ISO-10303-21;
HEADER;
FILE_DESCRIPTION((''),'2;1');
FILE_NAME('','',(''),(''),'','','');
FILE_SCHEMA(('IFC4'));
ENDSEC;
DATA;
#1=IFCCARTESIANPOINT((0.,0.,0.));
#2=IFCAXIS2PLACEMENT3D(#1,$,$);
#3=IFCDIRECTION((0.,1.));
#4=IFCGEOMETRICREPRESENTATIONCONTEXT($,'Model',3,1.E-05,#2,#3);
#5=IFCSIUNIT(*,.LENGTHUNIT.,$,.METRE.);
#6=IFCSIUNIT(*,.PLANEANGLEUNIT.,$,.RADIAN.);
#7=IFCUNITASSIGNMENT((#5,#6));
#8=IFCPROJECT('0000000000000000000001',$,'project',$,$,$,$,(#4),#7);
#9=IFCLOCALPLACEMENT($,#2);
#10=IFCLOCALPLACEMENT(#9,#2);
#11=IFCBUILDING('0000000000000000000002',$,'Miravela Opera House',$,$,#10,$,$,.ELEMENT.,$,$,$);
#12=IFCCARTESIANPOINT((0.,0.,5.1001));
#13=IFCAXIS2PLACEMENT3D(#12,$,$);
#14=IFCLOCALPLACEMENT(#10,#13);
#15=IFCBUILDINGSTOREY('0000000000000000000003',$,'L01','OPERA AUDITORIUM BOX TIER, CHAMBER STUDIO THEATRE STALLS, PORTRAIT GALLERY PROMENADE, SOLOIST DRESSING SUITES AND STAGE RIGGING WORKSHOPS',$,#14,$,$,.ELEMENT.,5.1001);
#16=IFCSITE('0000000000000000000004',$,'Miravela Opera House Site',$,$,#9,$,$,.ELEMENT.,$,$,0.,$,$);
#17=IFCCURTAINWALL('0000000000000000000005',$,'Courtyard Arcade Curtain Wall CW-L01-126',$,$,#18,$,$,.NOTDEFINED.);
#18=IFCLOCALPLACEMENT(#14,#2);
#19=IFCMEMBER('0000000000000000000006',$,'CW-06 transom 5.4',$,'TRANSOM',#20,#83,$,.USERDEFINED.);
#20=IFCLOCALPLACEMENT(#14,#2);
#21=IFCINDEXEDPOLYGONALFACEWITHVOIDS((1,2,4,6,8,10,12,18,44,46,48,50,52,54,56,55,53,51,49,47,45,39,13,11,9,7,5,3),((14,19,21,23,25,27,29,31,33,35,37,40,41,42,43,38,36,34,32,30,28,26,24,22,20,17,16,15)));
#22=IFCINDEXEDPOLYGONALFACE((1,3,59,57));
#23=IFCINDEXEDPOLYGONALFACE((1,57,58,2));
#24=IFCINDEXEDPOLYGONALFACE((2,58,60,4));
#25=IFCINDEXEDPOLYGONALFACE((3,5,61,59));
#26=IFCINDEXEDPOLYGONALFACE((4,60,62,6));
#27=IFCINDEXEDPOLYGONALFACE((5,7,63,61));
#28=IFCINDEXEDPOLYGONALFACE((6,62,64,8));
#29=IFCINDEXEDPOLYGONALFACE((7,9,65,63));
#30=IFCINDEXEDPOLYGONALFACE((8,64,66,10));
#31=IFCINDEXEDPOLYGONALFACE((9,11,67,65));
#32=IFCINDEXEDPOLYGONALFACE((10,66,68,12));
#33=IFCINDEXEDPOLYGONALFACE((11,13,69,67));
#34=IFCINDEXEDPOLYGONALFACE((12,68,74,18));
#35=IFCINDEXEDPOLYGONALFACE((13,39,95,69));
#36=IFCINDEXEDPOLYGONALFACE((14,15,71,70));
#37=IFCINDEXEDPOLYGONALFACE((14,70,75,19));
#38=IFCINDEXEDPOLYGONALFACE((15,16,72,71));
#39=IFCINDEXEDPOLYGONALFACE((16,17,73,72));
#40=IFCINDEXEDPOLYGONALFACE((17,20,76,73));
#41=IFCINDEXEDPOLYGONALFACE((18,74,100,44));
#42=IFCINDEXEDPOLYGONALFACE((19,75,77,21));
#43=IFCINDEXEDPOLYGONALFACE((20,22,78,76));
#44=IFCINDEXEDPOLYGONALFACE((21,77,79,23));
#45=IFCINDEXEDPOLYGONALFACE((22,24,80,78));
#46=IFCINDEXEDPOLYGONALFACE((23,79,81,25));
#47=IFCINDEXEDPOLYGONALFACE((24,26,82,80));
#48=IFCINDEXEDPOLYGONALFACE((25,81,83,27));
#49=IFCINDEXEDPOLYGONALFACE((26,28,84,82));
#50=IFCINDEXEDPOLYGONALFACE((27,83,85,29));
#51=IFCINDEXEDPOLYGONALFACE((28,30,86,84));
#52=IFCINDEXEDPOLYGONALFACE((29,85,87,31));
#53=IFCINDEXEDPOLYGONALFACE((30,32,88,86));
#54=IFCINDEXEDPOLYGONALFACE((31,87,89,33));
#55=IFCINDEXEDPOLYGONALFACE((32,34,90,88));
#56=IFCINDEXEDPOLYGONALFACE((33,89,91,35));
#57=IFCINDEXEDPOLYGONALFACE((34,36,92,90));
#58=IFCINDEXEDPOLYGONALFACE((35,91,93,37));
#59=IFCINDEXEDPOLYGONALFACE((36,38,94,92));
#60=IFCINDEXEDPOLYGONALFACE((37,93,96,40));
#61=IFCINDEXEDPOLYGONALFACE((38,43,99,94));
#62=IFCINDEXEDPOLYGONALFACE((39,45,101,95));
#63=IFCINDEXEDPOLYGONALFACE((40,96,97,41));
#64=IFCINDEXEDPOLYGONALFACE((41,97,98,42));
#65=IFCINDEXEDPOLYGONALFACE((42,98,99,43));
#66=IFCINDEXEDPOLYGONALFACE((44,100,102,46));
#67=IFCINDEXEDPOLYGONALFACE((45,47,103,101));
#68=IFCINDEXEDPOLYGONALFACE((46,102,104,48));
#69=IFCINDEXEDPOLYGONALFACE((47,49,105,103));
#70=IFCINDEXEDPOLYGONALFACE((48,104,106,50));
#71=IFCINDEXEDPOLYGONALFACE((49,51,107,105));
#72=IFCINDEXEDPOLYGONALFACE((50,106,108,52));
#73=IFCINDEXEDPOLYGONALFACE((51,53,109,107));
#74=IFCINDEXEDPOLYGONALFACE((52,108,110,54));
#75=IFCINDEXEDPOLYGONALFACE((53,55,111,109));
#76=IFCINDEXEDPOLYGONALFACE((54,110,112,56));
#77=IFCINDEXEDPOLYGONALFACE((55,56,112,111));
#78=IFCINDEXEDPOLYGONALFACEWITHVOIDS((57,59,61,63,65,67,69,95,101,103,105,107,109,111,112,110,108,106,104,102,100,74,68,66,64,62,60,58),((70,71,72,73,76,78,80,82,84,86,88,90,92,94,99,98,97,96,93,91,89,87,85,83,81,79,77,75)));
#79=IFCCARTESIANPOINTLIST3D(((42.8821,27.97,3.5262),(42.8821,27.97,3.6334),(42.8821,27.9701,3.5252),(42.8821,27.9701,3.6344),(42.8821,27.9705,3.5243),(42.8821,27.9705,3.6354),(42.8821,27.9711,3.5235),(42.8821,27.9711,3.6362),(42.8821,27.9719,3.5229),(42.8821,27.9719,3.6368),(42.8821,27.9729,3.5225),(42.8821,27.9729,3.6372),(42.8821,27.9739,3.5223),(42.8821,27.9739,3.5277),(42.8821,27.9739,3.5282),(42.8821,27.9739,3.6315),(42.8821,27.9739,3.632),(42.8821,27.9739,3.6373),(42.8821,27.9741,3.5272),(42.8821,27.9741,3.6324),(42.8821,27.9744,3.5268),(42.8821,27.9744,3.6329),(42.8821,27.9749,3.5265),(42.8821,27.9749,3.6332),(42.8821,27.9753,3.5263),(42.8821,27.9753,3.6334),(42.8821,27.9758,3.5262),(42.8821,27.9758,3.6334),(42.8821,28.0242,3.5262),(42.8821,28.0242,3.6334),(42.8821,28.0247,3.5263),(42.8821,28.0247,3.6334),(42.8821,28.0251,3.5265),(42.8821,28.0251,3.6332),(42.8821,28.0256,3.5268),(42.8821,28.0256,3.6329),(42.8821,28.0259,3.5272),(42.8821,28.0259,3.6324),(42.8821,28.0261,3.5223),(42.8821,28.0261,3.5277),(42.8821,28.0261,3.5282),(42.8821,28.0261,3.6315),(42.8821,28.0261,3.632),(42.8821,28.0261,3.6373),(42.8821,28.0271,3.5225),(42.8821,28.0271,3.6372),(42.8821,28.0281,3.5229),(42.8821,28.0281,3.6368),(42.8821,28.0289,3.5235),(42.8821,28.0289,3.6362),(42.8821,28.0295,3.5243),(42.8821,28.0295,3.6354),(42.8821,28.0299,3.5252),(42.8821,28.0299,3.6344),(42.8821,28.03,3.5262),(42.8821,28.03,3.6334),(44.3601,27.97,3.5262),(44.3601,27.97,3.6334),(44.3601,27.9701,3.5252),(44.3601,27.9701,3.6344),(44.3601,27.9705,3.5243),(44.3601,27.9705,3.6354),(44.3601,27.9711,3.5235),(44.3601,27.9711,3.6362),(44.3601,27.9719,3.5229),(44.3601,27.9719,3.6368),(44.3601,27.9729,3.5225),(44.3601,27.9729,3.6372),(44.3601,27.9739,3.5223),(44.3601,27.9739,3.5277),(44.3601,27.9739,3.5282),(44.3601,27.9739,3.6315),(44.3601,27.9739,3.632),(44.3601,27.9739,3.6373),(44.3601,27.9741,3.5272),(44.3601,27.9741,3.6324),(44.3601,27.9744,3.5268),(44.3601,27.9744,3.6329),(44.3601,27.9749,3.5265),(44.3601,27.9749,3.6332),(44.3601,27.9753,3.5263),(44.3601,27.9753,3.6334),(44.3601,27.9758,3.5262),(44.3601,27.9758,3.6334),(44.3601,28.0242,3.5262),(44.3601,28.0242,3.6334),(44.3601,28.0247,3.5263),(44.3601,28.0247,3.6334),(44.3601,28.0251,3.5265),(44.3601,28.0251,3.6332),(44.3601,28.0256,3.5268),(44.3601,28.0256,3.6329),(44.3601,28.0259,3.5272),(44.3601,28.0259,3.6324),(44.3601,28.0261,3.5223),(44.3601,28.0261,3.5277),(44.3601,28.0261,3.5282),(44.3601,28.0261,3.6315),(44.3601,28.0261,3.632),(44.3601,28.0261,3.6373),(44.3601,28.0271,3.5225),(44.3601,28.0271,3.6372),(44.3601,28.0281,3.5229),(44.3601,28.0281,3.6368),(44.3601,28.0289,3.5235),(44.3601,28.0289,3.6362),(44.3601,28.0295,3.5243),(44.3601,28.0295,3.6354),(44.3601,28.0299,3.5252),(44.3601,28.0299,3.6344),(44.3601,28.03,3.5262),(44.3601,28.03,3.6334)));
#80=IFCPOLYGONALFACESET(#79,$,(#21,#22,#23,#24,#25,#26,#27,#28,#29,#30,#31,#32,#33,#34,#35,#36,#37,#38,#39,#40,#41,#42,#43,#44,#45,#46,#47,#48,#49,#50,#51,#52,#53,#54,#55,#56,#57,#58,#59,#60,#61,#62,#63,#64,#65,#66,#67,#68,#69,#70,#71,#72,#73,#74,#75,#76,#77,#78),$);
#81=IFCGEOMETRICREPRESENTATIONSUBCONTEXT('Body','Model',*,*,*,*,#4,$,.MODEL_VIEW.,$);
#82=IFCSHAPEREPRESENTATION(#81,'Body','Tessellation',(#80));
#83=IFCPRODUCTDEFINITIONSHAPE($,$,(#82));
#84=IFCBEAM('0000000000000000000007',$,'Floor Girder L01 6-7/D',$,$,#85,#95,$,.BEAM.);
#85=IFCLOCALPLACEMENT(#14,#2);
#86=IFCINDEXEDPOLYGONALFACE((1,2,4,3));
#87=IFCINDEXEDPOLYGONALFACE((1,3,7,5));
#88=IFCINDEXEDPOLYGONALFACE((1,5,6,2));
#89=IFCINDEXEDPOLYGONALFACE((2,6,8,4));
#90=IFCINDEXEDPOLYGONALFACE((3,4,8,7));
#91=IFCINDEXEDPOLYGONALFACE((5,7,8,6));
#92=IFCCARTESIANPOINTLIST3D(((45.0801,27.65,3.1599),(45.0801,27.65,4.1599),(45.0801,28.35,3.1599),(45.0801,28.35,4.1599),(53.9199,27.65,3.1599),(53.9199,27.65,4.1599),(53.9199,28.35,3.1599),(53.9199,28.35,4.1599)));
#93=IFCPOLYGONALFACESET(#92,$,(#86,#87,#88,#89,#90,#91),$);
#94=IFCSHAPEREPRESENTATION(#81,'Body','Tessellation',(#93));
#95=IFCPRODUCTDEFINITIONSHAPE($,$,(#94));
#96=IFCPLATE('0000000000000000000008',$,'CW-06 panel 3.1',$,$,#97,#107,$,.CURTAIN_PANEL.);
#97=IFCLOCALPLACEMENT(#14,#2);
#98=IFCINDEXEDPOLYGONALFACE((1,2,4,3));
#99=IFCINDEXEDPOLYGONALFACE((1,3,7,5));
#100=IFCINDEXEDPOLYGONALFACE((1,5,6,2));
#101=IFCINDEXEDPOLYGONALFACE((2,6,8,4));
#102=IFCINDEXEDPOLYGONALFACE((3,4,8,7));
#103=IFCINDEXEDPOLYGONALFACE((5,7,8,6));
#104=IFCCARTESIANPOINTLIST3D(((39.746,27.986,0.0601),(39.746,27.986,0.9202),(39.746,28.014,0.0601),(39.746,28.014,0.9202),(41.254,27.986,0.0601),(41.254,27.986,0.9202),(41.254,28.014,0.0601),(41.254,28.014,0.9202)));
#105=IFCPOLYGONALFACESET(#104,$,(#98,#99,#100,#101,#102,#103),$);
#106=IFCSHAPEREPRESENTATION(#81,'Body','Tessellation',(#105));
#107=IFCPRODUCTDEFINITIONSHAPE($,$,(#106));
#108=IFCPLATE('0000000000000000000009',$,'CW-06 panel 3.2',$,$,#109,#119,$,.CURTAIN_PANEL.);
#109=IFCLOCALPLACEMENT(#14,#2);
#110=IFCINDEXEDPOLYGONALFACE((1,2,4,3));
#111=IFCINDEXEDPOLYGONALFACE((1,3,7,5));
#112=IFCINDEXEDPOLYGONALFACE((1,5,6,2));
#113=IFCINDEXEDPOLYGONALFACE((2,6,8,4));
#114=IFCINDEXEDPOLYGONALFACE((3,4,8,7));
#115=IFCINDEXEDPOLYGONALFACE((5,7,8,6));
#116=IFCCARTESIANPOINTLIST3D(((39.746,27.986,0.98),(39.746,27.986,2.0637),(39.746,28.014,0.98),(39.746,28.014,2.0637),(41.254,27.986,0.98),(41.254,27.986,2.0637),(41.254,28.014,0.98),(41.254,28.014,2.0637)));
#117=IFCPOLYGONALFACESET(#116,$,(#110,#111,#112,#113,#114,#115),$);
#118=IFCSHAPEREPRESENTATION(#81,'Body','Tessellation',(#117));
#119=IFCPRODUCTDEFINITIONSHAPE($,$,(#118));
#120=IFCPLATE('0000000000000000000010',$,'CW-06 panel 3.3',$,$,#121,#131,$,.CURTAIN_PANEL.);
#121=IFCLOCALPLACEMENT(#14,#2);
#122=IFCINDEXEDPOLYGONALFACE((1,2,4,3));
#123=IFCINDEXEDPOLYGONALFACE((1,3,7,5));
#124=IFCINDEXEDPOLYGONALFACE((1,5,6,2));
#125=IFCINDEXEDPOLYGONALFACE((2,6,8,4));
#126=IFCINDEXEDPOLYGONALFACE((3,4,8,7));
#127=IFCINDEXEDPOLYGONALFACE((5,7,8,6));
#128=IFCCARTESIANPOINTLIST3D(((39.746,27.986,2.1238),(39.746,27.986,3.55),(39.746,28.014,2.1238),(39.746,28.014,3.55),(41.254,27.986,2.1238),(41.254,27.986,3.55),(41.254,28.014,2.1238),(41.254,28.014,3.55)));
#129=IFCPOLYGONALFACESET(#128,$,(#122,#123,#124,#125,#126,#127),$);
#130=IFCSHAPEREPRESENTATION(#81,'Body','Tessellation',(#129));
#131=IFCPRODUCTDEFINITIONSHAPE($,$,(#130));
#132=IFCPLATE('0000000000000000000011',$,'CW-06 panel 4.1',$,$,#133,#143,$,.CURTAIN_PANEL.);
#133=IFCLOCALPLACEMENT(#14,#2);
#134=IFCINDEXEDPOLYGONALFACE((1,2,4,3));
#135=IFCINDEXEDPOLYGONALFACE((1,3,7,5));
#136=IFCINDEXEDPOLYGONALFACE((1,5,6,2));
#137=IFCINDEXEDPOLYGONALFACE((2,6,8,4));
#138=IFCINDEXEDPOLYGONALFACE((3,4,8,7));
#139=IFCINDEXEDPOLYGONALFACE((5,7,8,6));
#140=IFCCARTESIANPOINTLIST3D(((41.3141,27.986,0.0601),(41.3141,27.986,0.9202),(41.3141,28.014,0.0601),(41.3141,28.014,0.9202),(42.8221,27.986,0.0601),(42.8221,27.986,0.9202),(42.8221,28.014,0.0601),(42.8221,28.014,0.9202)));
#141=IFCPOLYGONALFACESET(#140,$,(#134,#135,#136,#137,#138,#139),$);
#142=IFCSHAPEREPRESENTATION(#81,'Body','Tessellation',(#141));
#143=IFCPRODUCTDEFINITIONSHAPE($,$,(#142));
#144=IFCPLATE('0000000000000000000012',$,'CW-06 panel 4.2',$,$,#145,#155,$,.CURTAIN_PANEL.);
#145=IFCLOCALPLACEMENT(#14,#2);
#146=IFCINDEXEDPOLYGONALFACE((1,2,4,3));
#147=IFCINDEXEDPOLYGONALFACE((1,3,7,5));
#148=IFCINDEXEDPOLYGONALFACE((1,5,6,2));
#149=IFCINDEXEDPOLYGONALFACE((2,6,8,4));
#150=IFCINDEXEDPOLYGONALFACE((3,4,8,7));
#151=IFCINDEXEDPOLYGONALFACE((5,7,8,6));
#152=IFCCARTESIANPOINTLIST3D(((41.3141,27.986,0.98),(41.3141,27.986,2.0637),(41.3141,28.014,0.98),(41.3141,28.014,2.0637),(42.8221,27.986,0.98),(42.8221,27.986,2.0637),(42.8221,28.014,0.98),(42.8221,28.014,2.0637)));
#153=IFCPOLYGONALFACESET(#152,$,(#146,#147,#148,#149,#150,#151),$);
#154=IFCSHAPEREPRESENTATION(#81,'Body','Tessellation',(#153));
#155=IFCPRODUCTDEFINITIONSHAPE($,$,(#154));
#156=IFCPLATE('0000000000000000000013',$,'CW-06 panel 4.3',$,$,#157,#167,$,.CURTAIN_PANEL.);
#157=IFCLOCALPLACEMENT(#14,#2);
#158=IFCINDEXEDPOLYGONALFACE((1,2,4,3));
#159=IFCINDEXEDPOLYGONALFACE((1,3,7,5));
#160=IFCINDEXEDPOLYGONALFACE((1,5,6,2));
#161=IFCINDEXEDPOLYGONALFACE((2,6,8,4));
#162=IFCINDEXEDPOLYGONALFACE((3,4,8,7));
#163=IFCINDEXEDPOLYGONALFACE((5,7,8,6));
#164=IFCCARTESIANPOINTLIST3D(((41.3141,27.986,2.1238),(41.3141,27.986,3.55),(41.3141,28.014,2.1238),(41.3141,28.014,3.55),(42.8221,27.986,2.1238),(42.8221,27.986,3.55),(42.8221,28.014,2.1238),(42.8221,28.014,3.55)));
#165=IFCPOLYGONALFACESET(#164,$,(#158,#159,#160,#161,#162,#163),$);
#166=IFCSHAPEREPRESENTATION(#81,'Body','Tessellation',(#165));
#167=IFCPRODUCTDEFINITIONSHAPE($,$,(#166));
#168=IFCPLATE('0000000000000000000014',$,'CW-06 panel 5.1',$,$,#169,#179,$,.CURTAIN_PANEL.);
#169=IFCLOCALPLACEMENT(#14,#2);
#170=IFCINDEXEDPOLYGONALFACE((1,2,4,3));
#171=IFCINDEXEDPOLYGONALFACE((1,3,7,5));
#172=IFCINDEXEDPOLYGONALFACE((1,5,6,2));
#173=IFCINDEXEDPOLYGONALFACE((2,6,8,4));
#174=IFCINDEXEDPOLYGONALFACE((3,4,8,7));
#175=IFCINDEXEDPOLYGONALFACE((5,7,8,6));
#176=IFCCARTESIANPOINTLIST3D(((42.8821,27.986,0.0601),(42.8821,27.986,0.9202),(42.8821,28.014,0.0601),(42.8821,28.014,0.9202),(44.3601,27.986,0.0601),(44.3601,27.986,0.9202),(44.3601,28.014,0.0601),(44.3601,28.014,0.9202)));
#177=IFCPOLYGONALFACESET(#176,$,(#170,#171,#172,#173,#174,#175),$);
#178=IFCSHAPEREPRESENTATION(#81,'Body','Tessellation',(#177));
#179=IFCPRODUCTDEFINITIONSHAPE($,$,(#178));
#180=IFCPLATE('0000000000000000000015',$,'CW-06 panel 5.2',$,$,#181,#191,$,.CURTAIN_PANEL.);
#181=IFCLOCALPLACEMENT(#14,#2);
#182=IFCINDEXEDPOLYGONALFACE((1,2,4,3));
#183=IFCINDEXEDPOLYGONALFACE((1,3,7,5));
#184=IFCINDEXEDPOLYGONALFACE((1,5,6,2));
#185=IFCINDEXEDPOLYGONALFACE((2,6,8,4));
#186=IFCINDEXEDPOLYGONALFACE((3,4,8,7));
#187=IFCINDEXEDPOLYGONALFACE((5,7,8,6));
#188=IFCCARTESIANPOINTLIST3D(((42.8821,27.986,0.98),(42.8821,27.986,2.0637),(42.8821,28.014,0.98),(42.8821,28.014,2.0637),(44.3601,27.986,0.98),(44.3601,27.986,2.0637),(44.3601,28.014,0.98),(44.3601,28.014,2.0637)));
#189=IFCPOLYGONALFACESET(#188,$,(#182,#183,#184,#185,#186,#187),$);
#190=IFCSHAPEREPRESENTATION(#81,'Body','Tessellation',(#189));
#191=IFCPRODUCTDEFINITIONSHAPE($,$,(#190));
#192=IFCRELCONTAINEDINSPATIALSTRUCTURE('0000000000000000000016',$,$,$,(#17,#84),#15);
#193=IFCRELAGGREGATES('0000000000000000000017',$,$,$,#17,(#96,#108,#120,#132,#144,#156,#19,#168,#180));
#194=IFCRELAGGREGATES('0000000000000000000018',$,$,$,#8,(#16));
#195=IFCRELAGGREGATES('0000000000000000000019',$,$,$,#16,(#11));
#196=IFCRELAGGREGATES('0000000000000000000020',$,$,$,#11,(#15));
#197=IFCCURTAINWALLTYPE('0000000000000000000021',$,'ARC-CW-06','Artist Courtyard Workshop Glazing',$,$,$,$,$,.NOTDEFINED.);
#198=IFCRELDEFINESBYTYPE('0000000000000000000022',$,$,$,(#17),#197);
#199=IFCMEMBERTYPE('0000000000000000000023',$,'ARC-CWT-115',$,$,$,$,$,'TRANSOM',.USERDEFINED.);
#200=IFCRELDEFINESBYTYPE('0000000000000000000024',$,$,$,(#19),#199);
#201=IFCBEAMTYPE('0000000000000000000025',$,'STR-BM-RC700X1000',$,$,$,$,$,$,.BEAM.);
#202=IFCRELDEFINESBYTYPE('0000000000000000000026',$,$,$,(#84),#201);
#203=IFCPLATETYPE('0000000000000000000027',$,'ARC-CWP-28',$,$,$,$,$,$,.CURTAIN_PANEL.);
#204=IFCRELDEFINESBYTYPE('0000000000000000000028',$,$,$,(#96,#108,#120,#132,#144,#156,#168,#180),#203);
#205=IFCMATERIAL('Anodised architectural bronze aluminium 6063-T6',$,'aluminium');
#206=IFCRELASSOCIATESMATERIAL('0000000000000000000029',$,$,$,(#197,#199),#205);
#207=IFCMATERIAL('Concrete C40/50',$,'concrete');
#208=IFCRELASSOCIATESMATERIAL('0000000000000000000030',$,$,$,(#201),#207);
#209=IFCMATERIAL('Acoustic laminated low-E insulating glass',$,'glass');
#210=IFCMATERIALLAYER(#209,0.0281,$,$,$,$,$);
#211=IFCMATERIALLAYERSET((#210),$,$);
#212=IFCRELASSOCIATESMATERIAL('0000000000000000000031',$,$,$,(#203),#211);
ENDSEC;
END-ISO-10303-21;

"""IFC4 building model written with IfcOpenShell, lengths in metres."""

from ifc_helpers import new_model, si_unit, direction, frame, origin, origin_2d, place, context, subcontext, project, spatial, rectangle, hollow_rectangle, extrude, material, layer, layer_set, material_profile, profile_set, type_object, element, aggregate, save


model = new_model("IFC4")

# Units and contexts
model_context = context("Model", 3, precision=1e-05, world=origin(), true_north=direction((0.0, 1.0)))
body_context = subcontext(model_context, "Body", "Model", "MODEL_VIEW")
ifc_project = project(units=[si_unit("LENGTHUNIT", "METRE"), si_unit("PLANEANGLEUNIT", "RADIAN")], contexts=[model_context])

# Site, building, storey
site_placement = place(None, origin())
site = spatial("IfcSite", under=ifc_project, at=site_placement, Name="Miravela Opera House Site", CompositionType="ELEMENT", RefElevation=0.0)
building_placement = place(site_placement, origin())
building = spatial("IfcBuilding", under=site, at=building_placement, Name="Miravela Opera House", CompositionType="ELEMENT")
storey_placement = place(building_placement, frame((0.0, 0.0, 5.1001)))
storey = spatial("IfcBuildingStorey", under=building, at=storey_placement, Name="L01", Description="OPERA AUDITORIUM BOX TIER, CHAMBER STUDIO THEATRE STALLS, PORTRAIT GALLERY PROMENADE, SOLOIST DRESSING SUITES AND STAGE RIGGING WORKSHOPS", CompositionType="ELEMENT", Elevation=5.1001)

# Curtain wall, member
ifc_material_1 = material(Name="Anodised architectural bronze aluminium 6063-T6", Category="aluminium")
curtain_wall_type = type_object("IfcCurtainWallType", Name="ARC-CW-06", Description="Artist Courtyard Workshop Glazing", PredefinedType="NOTDEFINED", material=ifc_material_1)
curtain_wall_placement = place(storey_placement, origin())
curtain_wall = element("IfcCurtainWall", 1, at=curtain_wall_placement, inside=storey, type_object=curtain_wall_type, Name="Courtyard Arcade Curtain Wall CW-L01-126", PredefinedType="NOTDEFINED")
ifc_material_profile_1 = material_profile(ifc_material_1, hollow_rectangle(XDim=0.0601, YDim=0.115, WallThickness=0.0039, InnerFilletRadius=0.002, OuterFilletRadius=0.0039, at=origin_2d()), Name="CWT-60X115")
ifc_profile_set_1 = profile_set([ifc_material_profile_1])
member_type_1 = type_object("IfcMemberType", Name="ARC-CWT-115", ElementType="TRANSOM", PredefinedType="USERDEFINED", material=ifc_profile_set_1)
member_1_placement = place(storey_placement, frame((42.8821, 28.0, 3.5798), z_axis=(1.0, 0.0, 0.0), x_axis=(0.0, 1.0, 0.0)))
member_1 = element("IfcMember", 2, at=member_1_placement, type_object=member_type_1, Name="CW-06 transom 5.4", ObjectType="TRANSOM", PredefinedType="USERDEFINED", context=body_context, shape_type="SweptSolid", body=[
    extrude(hollow_rectangle(XDim=0.0601, YDim=0.115, WallThickness=0.0039, InnerFilletRadius=0.002, OuterFilletRadius=0.0039, at=origin_2d()), origin(), (0.0, 0.0, 1.0), 1.478),
])

# Beam
ifc_material_2 = material(Name="Concrete C40/50", Category="concrete")
ifc_material_profile_2 = material_profile(ifc_material_2, rectangle(XDim=0.7, YDim=1.0, at=origin_2d()), Name="RC-BM-700X1000")
ifc_profile_set_2 = profile_set([ifc_material_profile_2])
beam_type = type_object("IfcBeamType", Name="STR-BM-RC700X1000", PredefinedType="BEAM", material=ifc_profile_set_2)
beam_placement = place(storey_placement, frame((45.0801, 28.0, 3.6599), z_axis=(1.0, 0.0, 0.0), x_axis=(0.0, 1.0, 0.0)))
element("IfcBeam", 3, at=beam_placement, inside=storey, type_object=beam_type, Name="Floor Girder L01 6-7/D", PredefinedType="BEAM", context=body_context, shape_type="SweptSolid", body=[
    extrude(rectangle(XDim=0.7, YDim=1.0, at=origin_2d()), origin(), (0.0, 0.0, 1.0), 8.8398),
])

# Plates
ifc_material_3 = material(Name="Acoustic laminated low-E insulating glass", Category="glass")
ifc_layer = layer(ifc_material_3, 0.0281)
ifc_layer_set = layer_set([ifc_layer])
plate_type = type_object("IfcPlateType", Name="ARC-CWP-28", PredefinedType="CURTAIN_PANEL", material=ifc_layer_set)
plate_1_placement = place(storey_placement, frame((40.5, 28.0, 0.0601), z_axis=(0.0, 0.0, 1.0), x_axis=(1.0, 0.0, 0.0)))
plate_1 = element("IfcPlate", 4, at=plate_1_placement, type_object=plate_type, Name="CW-06 panel 3.1", PredefinedType="CURTAIN_PANEL", context=body_context, shape_type="SweptSolid", body=[
    extrude(rectangle(XDim=1.5081, YDim=0.0281, at=origin_2d()), origin(), (0.0, 0.0, 1.0), 0.8601),
])
plate_2_placement = place(storey_placement, frame((40.5, 28.0, 0.98), z_axis=(0.0, 0.0, 1.0), x_axis=(1.0, 0.0, 0.0)))
plate_2 = element("IfcPlate", 5, at=plate_2_placement, type_object=plate_type, Name="CW-06 panel 3.2", PredefinedType="CURTAIN_PANEL", context=body_context, shape_type="SweptSolid", body=[
    extrude(rectangle(XDim=1.5081, YDim=0.0281, at=origin_2d()), origin(), (0.0, 0.0, 1.0), 1.0837),
])
plate_3_placement = place(storey_placement, frame((40.5, 28.0, 2.1238), z_axis=(0.0, 0.0, 1.0), x_axis=(1.0, 0.0, 0.0)))
plate_3 = element("IfcPlate", 6, at=plate_3_placement, type_object=plate_type, Name="CW-06 panel 3.3", PredefinedType="CURTAIN_PANEL", context=body_context, shape_type="SweptSolid", body=[
    extrude(rectangle(XDim=1.5081, YDim=0.0281, at=origin_2d()), origin(), (0.0, 0.0, 1.0), 1.4263),
])
plate_4_placement = place(storey_placement, frame((42.0681, 28.0, 0.0601), z_axis=(0.0, 0.0, 1.0), x_axis=(1.0, 0.0, 0.0)))
plate_4 = element("IfcPlate", 7, at=plate_4_placement, type_object=plate_type, Name="CW-06 panel 4.1", PredefinedType="CURTAIN_PANEL", context=body_context, shape_type="SweptSolid", body=[
    extrude(rectangle(XDim=1.5081, YDim=0.0281, at=origin_2d()), origin(), (0.0, 0.0, 1.0), 0.8601),
])
plate_5_placement = place(storey_placement, frame((42.0681, 28.0, 0.98), z_axis=(0.0, 0.0, 1.0), x_axis=(1.0, 0.0, 0.0)))
plate_5 = element("IfcPlate", 8, at=plate_5_placement, type_object=plate_type, Name="CW-06 panel 4.2", PredefinedType="CURTAIN_PANEL", context=body_context, shape_type="SweptSolid", body=[
    extrude(rectangle(XDim=1.5081, YDim=0.0281, at=origin_2d()), origin(), (0.0, 0.0, 1.0), 1.0837),
])
plate_6_placement = place(storey_placement, frame((42.0681, 28.0, 2.1238), z_axis=(0.0, 0.0, 1.0), x_axis=(1.0, 0.0, 0.0)))
plate_6 = element("IfcPlate", 9, at=plate_6_placement, type_object=plate_type, Name="CW-06 panel 4.3", PredefinedType="CURTAIN_PANEL", context=body_context, shape_type="SweptSolid", body=[
    extrude(rectangle(XDim=1.5081, YDim=0.0281, at=origin_2d()), origin(), (0.0, 0.0, 1.0), 1.4263),
])
plate_7_placement = place(storey_placement, frame((43.6211, 28.0, 0.0601), z_axis=(0.0, 0.0, 1.0), x_axis=(1.0, 0.0, 0.0)))
plate_7 = element("IfcPlate", 10, at=plate_7_placement, type_object=plate_type, Name="CW-06 panel 5.1", PredefinedType="CURTAIN_PANEL", context=body_context, shape_type="SweptSolid", body=[
    extrude(rectangle(XDim=1.478, YDim=0.0281, at=origin_2d()), origin(), (0.0, 0.0, 1.0), 0.8601),
])
plate_8_placement = place(storey_placement, frame((43.6211, 28.0, 0.98), z_axis=(0.0, 0.0, 1.0), x_axis=(1.0, 0.0, 0.0)))
plate_8 = element("IfcPlate", 11, at=plate_8_placement, type_object=plate_type, Name="CW-06 panel 5.2", PredefinedType="CURTAIN_PANEL", context=body_context, shape_type="SweptSolid", body=[
    extrude(rectangle(XDim=1.478, YDim=0.0281, at=origin_2d()), origin(), (0.0, 0.0, 1.0), 1.0837),
])
aggregate(curtain_wall, [plate_1, plate_2, plate_3, plate_4, plate_5, plate_6, member_1, plate_7, plate_8])

save(model, "model.ifc")
